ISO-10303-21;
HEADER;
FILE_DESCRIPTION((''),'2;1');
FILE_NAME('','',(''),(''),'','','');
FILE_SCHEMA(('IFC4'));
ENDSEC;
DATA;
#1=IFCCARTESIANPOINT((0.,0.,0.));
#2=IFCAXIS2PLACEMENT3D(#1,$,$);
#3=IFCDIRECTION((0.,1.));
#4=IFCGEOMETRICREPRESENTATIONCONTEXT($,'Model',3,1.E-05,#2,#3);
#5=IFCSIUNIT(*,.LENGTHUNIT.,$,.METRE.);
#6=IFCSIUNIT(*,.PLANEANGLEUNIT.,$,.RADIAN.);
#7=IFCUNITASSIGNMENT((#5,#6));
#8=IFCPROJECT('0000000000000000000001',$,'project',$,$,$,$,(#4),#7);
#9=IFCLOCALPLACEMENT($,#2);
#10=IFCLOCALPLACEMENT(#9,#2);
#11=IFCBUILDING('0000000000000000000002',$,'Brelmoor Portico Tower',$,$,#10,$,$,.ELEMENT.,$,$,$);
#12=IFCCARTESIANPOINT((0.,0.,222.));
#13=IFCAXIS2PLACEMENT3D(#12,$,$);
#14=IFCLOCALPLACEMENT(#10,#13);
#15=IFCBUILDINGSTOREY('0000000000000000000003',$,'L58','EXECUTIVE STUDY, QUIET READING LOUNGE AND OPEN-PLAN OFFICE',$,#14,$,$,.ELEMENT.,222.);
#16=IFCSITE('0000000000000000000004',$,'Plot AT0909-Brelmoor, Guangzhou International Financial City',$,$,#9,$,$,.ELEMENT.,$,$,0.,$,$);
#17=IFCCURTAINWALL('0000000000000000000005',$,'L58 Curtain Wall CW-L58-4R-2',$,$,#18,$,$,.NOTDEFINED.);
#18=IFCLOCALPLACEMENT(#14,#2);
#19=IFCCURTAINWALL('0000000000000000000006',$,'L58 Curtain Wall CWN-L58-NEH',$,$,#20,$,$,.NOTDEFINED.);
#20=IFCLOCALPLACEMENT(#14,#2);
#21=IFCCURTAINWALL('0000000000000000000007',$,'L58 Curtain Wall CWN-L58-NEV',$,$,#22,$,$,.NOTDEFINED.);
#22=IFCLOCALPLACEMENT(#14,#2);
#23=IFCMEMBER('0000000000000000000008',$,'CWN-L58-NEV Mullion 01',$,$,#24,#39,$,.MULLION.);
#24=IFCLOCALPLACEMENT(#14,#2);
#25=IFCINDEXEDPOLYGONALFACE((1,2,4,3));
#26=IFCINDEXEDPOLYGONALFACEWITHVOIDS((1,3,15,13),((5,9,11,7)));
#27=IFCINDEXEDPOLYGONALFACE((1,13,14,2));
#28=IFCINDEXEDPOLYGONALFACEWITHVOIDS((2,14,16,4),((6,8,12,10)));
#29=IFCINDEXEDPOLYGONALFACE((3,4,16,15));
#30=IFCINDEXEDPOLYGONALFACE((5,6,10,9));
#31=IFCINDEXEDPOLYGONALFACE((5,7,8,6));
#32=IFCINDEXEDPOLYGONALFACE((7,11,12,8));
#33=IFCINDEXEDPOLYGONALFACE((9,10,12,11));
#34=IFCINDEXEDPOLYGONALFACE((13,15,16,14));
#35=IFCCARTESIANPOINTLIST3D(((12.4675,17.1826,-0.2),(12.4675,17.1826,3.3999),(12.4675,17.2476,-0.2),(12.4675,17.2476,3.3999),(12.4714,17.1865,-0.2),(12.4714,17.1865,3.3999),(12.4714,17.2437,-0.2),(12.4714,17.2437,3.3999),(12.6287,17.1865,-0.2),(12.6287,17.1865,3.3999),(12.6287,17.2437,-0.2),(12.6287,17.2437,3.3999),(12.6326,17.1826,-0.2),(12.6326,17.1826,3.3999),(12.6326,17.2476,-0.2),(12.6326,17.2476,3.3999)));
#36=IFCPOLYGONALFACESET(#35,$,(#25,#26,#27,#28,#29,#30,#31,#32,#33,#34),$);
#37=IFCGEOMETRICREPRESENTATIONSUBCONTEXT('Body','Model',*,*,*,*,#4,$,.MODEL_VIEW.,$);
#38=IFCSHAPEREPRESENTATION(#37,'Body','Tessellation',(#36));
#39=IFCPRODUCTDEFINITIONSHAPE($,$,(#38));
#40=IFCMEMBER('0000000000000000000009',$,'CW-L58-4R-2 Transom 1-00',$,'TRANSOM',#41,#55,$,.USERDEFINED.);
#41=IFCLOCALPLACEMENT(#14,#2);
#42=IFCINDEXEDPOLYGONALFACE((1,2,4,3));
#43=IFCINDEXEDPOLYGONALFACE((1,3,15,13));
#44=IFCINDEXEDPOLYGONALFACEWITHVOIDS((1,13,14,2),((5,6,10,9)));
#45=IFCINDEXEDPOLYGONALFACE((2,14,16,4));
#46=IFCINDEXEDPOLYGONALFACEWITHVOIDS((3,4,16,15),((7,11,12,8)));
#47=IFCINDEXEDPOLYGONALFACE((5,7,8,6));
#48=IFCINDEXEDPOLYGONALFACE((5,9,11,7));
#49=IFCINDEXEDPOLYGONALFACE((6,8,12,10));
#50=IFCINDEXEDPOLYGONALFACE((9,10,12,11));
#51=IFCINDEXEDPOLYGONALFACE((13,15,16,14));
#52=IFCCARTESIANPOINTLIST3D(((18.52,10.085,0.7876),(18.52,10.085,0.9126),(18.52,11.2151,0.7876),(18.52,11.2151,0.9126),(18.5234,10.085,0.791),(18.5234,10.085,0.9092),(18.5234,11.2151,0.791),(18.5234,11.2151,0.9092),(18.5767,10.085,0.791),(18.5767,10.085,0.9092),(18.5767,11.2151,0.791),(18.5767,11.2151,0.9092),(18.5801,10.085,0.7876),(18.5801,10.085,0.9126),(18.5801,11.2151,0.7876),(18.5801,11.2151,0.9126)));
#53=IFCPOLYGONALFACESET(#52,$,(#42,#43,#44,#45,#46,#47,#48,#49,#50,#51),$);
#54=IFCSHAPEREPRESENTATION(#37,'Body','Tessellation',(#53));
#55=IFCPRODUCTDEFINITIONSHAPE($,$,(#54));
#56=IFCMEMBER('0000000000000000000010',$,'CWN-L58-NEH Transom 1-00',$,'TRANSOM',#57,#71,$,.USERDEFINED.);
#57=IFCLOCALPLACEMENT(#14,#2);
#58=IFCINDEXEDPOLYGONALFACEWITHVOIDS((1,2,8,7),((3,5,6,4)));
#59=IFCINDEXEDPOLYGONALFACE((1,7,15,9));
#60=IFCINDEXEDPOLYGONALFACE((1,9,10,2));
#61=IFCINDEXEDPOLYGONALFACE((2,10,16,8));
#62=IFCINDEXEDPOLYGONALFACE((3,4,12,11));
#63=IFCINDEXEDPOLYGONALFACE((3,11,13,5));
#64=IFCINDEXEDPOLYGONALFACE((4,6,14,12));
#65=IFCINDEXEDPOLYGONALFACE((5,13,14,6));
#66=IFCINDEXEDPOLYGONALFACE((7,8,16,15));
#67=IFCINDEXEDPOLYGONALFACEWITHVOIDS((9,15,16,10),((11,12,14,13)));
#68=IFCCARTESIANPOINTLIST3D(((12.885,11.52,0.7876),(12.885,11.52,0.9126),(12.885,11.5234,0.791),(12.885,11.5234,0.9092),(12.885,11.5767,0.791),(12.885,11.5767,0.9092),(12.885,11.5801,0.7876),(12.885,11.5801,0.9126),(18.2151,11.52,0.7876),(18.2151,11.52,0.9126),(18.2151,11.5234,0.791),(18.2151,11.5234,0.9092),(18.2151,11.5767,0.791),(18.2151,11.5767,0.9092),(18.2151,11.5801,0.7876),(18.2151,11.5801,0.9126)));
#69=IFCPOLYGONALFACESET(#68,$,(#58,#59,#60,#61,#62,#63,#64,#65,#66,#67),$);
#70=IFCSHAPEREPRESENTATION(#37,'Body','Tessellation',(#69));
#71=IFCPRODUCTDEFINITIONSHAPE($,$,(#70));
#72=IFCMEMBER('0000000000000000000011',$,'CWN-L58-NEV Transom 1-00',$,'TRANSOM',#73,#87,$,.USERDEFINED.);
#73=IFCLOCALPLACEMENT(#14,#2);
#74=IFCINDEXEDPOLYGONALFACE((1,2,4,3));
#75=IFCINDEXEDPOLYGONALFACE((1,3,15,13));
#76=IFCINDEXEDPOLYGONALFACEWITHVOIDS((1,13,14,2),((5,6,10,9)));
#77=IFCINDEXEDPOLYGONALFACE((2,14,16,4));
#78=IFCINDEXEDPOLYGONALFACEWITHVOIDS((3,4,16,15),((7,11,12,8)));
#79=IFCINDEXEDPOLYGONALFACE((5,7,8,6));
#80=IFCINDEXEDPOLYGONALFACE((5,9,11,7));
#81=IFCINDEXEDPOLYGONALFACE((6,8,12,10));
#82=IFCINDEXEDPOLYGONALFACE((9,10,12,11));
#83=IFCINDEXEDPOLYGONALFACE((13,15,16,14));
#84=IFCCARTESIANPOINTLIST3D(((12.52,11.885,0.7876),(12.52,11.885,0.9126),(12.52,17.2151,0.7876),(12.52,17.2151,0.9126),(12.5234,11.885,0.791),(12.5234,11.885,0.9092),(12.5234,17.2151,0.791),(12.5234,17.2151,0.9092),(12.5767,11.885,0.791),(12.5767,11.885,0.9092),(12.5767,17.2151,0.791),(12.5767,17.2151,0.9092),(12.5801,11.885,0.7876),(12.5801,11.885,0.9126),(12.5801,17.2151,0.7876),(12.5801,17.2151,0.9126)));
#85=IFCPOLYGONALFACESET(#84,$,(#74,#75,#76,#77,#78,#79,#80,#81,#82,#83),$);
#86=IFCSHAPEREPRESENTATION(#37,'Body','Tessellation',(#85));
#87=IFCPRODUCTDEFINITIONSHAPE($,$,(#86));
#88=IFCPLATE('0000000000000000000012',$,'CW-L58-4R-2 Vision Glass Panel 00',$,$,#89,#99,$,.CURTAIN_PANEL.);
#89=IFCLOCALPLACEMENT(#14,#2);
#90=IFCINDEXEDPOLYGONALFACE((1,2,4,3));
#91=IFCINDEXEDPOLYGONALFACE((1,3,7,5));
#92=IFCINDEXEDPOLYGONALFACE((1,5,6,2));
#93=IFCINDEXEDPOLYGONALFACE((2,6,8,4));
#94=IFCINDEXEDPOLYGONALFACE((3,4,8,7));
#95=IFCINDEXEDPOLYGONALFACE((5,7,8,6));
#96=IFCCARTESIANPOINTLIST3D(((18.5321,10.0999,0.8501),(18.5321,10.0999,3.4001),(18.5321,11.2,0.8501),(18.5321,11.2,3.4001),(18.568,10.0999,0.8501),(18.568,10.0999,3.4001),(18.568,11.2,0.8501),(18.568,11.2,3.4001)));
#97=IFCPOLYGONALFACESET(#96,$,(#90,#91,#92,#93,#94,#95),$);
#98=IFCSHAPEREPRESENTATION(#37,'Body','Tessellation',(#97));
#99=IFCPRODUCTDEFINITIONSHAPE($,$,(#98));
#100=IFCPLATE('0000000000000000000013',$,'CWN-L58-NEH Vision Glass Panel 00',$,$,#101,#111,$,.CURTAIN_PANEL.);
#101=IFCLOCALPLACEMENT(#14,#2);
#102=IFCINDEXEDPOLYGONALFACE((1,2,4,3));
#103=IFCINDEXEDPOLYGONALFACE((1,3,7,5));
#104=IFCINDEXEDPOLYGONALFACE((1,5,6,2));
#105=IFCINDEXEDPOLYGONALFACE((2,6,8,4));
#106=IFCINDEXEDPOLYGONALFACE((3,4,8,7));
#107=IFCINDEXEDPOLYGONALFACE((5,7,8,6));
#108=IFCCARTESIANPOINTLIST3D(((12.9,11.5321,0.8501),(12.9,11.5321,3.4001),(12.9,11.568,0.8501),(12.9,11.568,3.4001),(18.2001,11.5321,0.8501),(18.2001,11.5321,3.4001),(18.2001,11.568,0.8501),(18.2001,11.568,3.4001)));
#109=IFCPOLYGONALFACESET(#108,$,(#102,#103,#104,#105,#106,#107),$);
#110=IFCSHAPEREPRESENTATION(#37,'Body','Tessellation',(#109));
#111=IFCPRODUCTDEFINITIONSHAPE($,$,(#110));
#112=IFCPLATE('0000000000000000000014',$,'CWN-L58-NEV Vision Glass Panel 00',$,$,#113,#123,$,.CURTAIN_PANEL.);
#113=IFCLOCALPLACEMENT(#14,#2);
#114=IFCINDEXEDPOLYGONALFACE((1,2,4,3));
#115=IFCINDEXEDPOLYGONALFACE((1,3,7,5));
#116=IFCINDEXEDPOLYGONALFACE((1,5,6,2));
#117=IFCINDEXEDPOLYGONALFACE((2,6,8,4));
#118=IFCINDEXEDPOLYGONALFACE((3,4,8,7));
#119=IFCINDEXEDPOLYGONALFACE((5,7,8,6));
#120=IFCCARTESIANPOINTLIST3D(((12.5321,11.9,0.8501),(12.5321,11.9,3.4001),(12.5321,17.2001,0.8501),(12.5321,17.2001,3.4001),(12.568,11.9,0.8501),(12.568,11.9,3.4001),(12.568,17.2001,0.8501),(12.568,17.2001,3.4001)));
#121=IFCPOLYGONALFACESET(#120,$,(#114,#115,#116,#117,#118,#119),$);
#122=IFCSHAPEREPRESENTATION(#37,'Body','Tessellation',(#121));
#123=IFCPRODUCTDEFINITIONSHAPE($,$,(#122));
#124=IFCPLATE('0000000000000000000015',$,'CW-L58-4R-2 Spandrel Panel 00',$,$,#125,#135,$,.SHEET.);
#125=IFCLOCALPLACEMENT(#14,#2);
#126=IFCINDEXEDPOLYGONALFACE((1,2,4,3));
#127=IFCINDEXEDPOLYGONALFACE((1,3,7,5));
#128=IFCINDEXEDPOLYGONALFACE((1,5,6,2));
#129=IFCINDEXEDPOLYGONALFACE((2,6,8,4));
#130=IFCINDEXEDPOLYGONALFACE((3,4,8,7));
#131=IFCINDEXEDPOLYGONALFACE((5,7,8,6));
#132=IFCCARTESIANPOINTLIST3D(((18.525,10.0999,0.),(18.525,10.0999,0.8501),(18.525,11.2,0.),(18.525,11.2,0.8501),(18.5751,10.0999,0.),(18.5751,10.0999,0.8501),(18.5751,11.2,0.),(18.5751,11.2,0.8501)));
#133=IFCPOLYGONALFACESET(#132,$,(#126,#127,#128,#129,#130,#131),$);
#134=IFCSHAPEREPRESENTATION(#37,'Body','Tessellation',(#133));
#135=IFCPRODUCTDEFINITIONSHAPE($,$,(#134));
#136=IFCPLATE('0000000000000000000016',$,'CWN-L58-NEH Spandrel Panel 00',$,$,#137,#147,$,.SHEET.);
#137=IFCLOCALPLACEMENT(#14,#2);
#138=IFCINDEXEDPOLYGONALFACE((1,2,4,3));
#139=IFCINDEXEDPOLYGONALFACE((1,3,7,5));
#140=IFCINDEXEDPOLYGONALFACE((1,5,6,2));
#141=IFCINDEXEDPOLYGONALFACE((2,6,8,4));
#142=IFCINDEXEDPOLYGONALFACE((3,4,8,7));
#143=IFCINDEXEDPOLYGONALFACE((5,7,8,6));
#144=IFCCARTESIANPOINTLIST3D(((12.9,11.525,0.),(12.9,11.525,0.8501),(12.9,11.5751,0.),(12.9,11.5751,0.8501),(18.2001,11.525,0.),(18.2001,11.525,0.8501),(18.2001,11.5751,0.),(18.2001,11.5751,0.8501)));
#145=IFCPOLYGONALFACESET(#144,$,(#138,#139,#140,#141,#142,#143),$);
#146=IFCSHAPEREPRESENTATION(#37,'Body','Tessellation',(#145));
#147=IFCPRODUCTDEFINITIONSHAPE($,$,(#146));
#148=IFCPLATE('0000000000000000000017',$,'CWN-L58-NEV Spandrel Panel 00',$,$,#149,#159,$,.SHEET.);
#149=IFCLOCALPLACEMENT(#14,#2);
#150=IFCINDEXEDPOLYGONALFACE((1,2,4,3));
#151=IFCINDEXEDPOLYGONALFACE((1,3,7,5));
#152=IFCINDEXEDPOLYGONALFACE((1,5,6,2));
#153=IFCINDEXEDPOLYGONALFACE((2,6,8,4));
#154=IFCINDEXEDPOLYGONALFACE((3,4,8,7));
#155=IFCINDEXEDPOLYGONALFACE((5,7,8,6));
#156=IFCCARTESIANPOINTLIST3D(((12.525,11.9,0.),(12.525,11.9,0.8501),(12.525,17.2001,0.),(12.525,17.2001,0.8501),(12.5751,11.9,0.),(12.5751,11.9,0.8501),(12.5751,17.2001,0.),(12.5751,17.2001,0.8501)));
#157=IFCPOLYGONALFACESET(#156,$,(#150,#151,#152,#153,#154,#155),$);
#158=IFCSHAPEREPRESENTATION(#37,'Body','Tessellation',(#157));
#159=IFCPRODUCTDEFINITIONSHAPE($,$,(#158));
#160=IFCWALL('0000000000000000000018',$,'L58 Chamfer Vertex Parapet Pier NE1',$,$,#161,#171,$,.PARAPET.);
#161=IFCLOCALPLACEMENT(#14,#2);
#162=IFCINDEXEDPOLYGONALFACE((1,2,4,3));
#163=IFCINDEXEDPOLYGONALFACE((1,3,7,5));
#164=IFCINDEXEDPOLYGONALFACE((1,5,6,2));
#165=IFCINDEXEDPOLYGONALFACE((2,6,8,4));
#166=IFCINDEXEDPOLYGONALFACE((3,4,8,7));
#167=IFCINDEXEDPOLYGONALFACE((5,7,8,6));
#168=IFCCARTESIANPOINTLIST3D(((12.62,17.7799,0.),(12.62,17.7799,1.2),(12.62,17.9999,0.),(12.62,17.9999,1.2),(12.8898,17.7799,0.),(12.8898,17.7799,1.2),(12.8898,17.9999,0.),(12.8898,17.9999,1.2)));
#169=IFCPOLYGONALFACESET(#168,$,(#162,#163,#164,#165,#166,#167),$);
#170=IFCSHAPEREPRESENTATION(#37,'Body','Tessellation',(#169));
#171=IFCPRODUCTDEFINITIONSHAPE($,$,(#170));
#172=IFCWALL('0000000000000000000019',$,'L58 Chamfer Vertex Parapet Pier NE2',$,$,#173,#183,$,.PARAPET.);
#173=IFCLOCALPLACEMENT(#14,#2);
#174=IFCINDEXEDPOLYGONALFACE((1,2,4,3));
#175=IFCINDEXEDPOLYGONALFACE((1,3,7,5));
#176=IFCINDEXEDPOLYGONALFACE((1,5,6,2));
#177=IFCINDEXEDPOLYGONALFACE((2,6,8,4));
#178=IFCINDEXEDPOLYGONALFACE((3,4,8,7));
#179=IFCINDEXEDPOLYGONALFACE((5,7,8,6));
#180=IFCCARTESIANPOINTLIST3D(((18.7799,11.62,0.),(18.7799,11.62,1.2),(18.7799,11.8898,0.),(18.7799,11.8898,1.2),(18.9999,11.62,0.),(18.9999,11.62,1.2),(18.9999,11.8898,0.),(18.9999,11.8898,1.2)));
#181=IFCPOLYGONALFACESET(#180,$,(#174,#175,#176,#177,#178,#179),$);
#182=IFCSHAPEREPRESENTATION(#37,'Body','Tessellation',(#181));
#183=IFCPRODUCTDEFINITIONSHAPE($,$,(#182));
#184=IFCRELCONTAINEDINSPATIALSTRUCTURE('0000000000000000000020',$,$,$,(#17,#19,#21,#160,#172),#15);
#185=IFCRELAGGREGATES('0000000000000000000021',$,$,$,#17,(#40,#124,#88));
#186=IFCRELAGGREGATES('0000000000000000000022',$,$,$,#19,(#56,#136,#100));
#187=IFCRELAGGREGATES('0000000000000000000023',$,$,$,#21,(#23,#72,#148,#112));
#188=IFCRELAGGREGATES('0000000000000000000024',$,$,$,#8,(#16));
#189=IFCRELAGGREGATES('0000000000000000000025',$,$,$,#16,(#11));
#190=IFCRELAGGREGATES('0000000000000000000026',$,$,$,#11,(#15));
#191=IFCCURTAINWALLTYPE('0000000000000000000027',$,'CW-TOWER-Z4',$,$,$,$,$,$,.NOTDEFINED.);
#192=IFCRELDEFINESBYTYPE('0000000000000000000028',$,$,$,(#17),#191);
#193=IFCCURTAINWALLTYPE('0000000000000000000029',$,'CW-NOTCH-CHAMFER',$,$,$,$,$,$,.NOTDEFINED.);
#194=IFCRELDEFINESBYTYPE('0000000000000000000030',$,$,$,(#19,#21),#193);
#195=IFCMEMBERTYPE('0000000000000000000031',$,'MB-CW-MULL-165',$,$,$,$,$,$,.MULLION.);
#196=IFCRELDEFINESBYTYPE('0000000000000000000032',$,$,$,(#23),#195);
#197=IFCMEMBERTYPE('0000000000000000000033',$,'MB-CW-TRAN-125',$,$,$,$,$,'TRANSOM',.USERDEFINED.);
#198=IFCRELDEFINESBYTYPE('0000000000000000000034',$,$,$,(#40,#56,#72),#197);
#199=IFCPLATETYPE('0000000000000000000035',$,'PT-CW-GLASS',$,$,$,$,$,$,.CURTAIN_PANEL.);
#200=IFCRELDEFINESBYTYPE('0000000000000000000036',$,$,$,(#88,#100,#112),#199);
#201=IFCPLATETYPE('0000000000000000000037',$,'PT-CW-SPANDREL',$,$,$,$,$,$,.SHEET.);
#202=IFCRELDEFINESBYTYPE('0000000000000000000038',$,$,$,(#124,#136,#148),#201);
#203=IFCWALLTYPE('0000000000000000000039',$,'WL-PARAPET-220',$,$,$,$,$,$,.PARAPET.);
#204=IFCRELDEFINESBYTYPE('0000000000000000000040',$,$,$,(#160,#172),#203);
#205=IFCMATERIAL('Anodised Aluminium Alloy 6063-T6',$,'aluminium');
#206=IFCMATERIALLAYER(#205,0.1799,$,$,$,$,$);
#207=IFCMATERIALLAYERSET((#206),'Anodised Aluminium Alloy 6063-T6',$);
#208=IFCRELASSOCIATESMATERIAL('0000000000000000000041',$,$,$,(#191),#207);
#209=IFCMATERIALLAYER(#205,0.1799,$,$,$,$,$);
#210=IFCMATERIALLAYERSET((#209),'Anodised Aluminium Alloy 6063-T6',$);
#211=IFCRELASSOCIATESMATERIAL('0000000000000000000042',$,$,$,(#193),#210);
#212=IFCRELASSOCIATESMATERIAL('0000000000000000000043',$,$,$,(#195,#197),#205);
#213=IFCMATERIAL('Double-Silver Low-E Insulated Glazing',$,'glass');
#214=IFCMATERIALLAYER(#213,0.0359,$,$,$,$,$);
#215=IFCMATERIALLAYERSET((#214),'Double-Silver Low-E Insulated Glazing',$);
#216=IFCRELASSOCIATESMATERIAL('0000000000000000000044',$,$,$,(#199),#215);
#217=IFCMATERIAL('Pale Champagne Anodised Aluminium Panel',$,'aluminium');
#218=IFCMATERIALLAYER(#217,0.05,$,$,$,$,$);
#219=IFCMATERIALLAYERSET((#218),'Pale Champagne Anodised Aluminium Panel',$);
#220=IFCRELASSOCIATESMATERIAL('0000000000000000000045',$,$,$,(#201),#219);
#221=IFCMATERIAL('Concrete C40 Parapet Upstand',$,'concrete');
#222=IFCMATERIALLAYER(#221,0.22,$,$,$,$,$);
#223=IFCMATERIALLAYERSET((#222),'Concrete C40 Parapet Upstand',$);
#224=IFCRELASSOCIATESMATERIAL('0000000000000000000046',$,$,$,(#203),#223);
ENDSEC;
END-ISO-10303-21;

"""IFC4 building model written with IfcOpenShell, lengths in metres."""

from ifc_helpers import new_model, si_unit, direction, frame, frame_2d, origin, origin_2d, place, context, subcontext, project, spatial, rectangle, hollow_rectangle, extrude, material, layer, layer_set, material_profile, profile_set, type_object, element, aggregate, save


model = new_model("IFC4")

# Units and contexts
model_context = context("Model", 3, precision=1e-05, world=origin(), true_north=direction((0.0, 1.0)))
body_context = subcontext(model_context, "Body", "Model", "MODEL_VIEW")
ifc_project = project(units=[si_unit("LENGTHUNIT", "METRE"), si_unit("PLANEANGLEUNIT", "RADIAN")], contexts=[model_context])

# Site, building, storey
site_placement = place(None, origin())
site = spatial("IfcSite", under=ifc_project, at=site_placement, Name="Plot AT0909-Brelmoor, Guangzhou International Financial City", CompositionType="ELEMENT", RefElevation=0.0)
building_placement = place(site_placement, origin())
building = spatial("IfcBuilding", under=site, at=building_placement, Name="Brelmoor Portico Tower", CompositionType="ELEMENT")
storey_placement = place(building_placement, frame((0.0, 0.0, 222.0)))
storey = spatial("IfcBuildingStorey", under=building, at=storey_placement, Name="L58", Description="EXECUTIVE STUDY, QUIET READING LOUNGE AND OPEN-PLAN OFFICE", CompositionType="ELEMENT", Elevation=222.0)

# Curtain walls, member
ifc_material_1 = material(Name="Anodised Aluminium Alloy 6063-T6", Category="aluminium")
ifc_layer_1 = layer(ifc_material_1, 0.1799)
ifc_layer_set_1 = layer_set([ifc_layer_1], Name="Anodised Aluminium Alloy 6063-T6")
curtain_wall_type_1 = type_object("IfcCurtainWallType", Name="CW-TOWER-Z4", PredefinedType="NOTDEFINED", material=ifc_layer_set_1)
curtain_wall_1_placement = place(storey_placement, origin())
curtain_wall_1 = element("IfcCurtainWall", 1, at=curtain_wall_1_placement, inside=storey, type_object=curtain_wall_type_1, Name="L58 Curtain Wall CW-L58-4R-2", PredefinedType="NOTDEFINED")
ifc_layer_2 = layer(ifc_material_1, 0.1799)
ifc_layer_set_2 = layer_set([ifc_layer_2], Name="Anodised Aluminium Alloy 6063-T6")
curtain_wall_type_2 = type_object("IfcCurtainWallType", Name="CW-NOTCH-CHAMFER", PredefinedType="NOTDEFINED", material=ifc_layer_set_2)
curtain_wall_2_placement = place(storey_placement, origin())
curtain_wall_2 = element("IfcCurtainWall", 2, at=curtain_wall_2_placement, inside=storey, type_object=curtain_wall_type_2, Name="L58 Curtain Wall CWN-L58-NEH", PredefinedType="NOTDEFINED")
ifc_material_profile_1 = material_profile(ifc_material_1, hollow_rectangle(XDim=0.0649, YDim=0.165, WallThickness=0.0039, at=origin_2d()), Name="ALU MULLION 65x165")
ifc_profile_set_1 = profile_set([ifc_material_profile_1], Name="Anodised Aluminium Alloy 6063-T6")
member_type_1 = type_object("IfcMemberType", Name="MB-CW-MULL-165", PredefinedType="MULLION", material=ifc_profile_set_1)
curtain_wall_3_placement = place(storey_placement, origin())
curtain_wall_3 = element("IfcCurtainWall", 3, at=curtain_wall_3_placement, inside=storey, type_object=curtain_wall_type_2, Name="L58 Curtain Wall CWN-L58-NEV", PredefinedType="NOTDEFINED")
member_1_placement = place(storey_placement, frame((12.55, 17.2151, -0.2), z_axis=(0.0, 0.0, 1.0), x_axis=(0.0, 1.0, 0.0)))
member_1 = element("IfcMember", 4, at=member_1_placement, type_object=member_type_1, Name="CWN-L58-NEV Mullion 01", PredefinedType="MULLION", context=body_context, shape_type="SweptSolid", body=[
    extrude(hollow_rectangle(XDim=0.0649, YDim=0.165, WallThickness=0.0039, at=origin_2d()), origin(), (0.0, 0.0, 1.0), 3.5999),
])

# Members
ifc_material_profile_2 = material_profile(ifc_material_1, hollow_rectangle(XDim=0.0601, YDim=0.125, WallThickness=0.0034, at=origin_2d()), Name="ALU TRANSOM 60x125")
ifc_profile_set_2 = profile_set([ifc_material_profile_2], Name="Anodised Aluminium Alloy 6063-T6")
member_type_2 = type_object("IfcMemberType", Name="MB-CW-TRAN-125", ElementType="TRANSOM", PredefinedType="USERDEFINED", material=ifc_profile_set_2)
member_2_placement = place(storey_placement, frame((18.55, 10.085, 0.8501), z_axis=(0.0, 1.0, 0.0), x_axis=(-1.0, 0.0, 0.0)))
member_2 = element("IfcMember", 5, at=member_2_placement, type_object=member_type_2, Name="CW-L58-4R-2 Transom 1-00", ObjectType="TRANSOM", PredefinedType="USERDEFINED", context=body_context, shape_type="SweptSolid", body=[
    extrude(hollow_rectangle(XDim=0.0601, YDim=0.125, WallThickness=0.0034, at=origin_2d()), origin(), (0.0, 0.0, 1.0), 1.1301),
])
member_3_placement = place(storey_placement, frame((12.885, 11.55, 0.8501), z_axis=(1.0, 0.0, 0.0), x_axis=(0.0, 1.0, 0.0)))
member_3 = element("IfcMember", 6, at=member_3_placement, type_object=member_type_2, Name="CWN-L58-NEH Transom 1-00", ObjectType="TRANSOM", PredefinedType="USERDEFINED", context=body_context, shape_type="SweptSolid", body=[
    extrude(hollow_rectangle(XDim=0.0601, YDim=0.125, WallThickness=0.0034, at=origin_2d()), origin(), (0.0, 0.0, 1.0), 5.3301),
])
member_4_placement = place(storey_placement, frame((12.55, 11.885, 0.8501), z_axis=(0.0, 1.0, 0.0), x_axis=(-1.0, 0.0, 0.0)))
member_4 = element("IfcMember", 7, at=member_4_placement, type_object=member_type_2, Name="CWN-L58-NEV Transom 1-00", ObjectType="TRANSOM", PredefinedType="USERDEFINED", context=body_context, shape_type="SweptSolid", body=[
    extrude(hollow_rectangle(XDim=0.0601, YDim=0.125, WallThickness=0.0034, at=origin_2d()), origin(), (0.0, 0.0, 1.0), 5.3301),
])

# Plates
ifc_material_2 = material(Name="Double-Silver Low-E Insulated Glazing", Category="glass")
ifc_layer_3 = layer(ifc_material_2, 0.0359)
ifc_layer_set_3 = layer_set([ifc_layer_3], Name="Double-Silver Low-E Insulated Glazing")
plate_type_1 = type_object("IfcPlateType", Name="PT-CW-GLASS", PredefinedType="CURTAIN_PANEL", material=ifc_layer_set_3)
plate_1_placement = place(storey_placement, frame((18.55, 10.6499, 0.8501), z_axis=(0.0, 0.0, 1.0), x_axis=(0.0, 1.0, 0.0)))
plate_1 = element("IfcPlate", 8, at=plate_1_placement, type_object=plate_type_1, Name="CW-L58-4R-2 Vision Glass Panel 00", PredefinedType="CURTAIN_PANEL", context=body_context, shape_type="SweptSolid", body=[
    extrude(rectangle(XDim=1.1001, YDim=0.0359, at=origin_2d()), origin(), (0.0, 0.0, 1.0), 2.55),
])
plate_2_placement = place(storey_placement, frame((15.55, 11.55, 0.8501), z_axis=(0.0, 0.0, 1.0), x_axis=(1.0, 0.0, 0.0)))
plate_2 = element("IfcPlate", 9, at=plate_2_placement, type_object=plate_type_1, Name="CWN-L58-NEH Vision Glass Panel 00", PredefinedType="CURTAIN_PANEL", context=body_context, shape_type="SweptSolid", body=[
    extrude(rectangle(XDim=5.3, YDim=0.0359, at=origin_2d()), origin(), (0.0, 0.0, 1.0), 2.55),
])
plate_3_placement = place(storey_placement, frame((12.55, 14.55, 0.8501), z_axis=(0.0, 0.0, 1.0), x_axis=(0.0, 1.0, 0.0)))
plate_3 = element("IfcPlate", 10, at=plate_3_placement, type_object=plate_type_1, Name="CWN-L58-NEV Vision Glass Panel 00", PredefinedType="CURTAIN_PANEL", context=body_context, shape_type="SweptSolid", body=[
    extrude(rectangle(XDim=5.3, YDim=0.0359, at=origin_2d()), origin(), (0.0, 0.0, 1.0), 2.55),
])
ifc_material_3 = material(Name="Pale Champagne Anodised Aluminium Panel", Category="aluminium")
ifc_layer_4 = layer(ifc_material_3, 0.05)
ifc_layer_set_4 = layer_set([ifc_layer_4], Name="Pale Champagne Anodised Aluminium Panel")
plate_type_2 = type_object("IfcPlateType", Name="PT-CW-SPANDREL", PredefinedType="SHEET", material=ifc_layer_set_4)
plate_4_placement = place(storey_placement, frame((18.55, 10.6499, 0.0), z_axis=(0.0, 0.0, 1.0), x_axis=(0.0, 1.0, 0.0)))
plate_4 = element("IfcPlate", 11, at=plate_4_placement, type_object=plate_type_2, Name="CW-L58-4R-2 Spandrel Panel 00", PredefinedType="SHEET", context=body_context, shape_type="SweptSolid", body=[
    extrude(rectangle(XDim=1.1001, YDim=0.05, at=origin_2d()), origin(), (0.0, 0.0, 1.0), 0.8501),
])
aggregate(curtain_wall_1, [member_2, plate_4, plate_1])
plate_5_placement = place(storey_placement, frame((15.55, 11.55, 0.0), z_axis=(0.0, 0.0, 1.0), x_axis=(1.0, 0.0, 0.0)))
plate_5 = element("IfcPlate", 12, at=plate_5_placement, type_object=plate_type_2, Name="CWN-L58-NEH Spandrel Panel 00", PredefinedType="SHEET", context=body_context, shape_type="SweptSolid", body=[
    extrude(rectangle(XDim=5.3, YDim=0.05, at=origin_2d()), origin(), (0.0, 0.0, 1.0), 0.8501),
])
aggregate(curtain_wall_2, [member_3, plate_5, plate_2])
plate_6_placement = place(storey_placement, frame((12.55, 14.55, 0.0), z_axis=(0.0, 0.0, 1.0), x_axis=(0.0, 1.0, 0.0)))
plate_6 = element("IfcPlate", 13, at=plate_6_placement, type_object=plate_type_2, Name="CWN-L58-NEV Spandrel Panel 00", PredefinedType="SHEET", context=body_context, shape_type="SweptSolid", body=[
    extrude(rectangle(XDim=5.3, YDim=0.05, at=origin_2d()), origin(), (0.0, 0.0, 1.0), 0.8501),
])
aggregate(curtain_wall_3, [member_1, member_4, plate_6, plate_3])

# Walls
ifc_material_4 = material(Name="Concrete C40 Parapet Upstand", Category="concrete")
ifc_layer_5 = layer(ifc_material_4, 0.22)
ifc_layer_set_5 = layer_set([ifc_layer_5], Name="Concrete C40 Parapet Upstand")
wall_type = type_object("IfcWallType", Name="WL-PARAPET-220", PredefinedType="PARAPET", material=ifc_layer_set_5)
for number, where, z_axis, x_axis, name in (
    (14, (12.6201, 17.8899, 0.0), (0.0, 0.0, 1.0), (1.0, 0.0, 0.0), "L58 Chamfer Vertex Parapet Pier NE1"),
    (15, (18.8899, 11.6201, 0.0), (0.0, 0.0, 1.0), (0.0, 1.0, 0.0), "L58 Chamfer Vertex Parapet Pier NE2"),
):
    element("IfcWall", number, at=place(storey_placement, frame(where, z_axis=z_axis, x_axis=x_axis)), inside=storey, type_object=wall_type, Name=name, PredefinedType="PARAPET", context=body_context, shape_type="SweptSolid", body=[
        extrude(rectangle(XDim=0.2698, YDim=0.22, at=frame_2d((0.1348, 0.0))), origin(), (0.0, 0.0, 1.0), 1.2),
    ])

save(model, "model.ifc")
